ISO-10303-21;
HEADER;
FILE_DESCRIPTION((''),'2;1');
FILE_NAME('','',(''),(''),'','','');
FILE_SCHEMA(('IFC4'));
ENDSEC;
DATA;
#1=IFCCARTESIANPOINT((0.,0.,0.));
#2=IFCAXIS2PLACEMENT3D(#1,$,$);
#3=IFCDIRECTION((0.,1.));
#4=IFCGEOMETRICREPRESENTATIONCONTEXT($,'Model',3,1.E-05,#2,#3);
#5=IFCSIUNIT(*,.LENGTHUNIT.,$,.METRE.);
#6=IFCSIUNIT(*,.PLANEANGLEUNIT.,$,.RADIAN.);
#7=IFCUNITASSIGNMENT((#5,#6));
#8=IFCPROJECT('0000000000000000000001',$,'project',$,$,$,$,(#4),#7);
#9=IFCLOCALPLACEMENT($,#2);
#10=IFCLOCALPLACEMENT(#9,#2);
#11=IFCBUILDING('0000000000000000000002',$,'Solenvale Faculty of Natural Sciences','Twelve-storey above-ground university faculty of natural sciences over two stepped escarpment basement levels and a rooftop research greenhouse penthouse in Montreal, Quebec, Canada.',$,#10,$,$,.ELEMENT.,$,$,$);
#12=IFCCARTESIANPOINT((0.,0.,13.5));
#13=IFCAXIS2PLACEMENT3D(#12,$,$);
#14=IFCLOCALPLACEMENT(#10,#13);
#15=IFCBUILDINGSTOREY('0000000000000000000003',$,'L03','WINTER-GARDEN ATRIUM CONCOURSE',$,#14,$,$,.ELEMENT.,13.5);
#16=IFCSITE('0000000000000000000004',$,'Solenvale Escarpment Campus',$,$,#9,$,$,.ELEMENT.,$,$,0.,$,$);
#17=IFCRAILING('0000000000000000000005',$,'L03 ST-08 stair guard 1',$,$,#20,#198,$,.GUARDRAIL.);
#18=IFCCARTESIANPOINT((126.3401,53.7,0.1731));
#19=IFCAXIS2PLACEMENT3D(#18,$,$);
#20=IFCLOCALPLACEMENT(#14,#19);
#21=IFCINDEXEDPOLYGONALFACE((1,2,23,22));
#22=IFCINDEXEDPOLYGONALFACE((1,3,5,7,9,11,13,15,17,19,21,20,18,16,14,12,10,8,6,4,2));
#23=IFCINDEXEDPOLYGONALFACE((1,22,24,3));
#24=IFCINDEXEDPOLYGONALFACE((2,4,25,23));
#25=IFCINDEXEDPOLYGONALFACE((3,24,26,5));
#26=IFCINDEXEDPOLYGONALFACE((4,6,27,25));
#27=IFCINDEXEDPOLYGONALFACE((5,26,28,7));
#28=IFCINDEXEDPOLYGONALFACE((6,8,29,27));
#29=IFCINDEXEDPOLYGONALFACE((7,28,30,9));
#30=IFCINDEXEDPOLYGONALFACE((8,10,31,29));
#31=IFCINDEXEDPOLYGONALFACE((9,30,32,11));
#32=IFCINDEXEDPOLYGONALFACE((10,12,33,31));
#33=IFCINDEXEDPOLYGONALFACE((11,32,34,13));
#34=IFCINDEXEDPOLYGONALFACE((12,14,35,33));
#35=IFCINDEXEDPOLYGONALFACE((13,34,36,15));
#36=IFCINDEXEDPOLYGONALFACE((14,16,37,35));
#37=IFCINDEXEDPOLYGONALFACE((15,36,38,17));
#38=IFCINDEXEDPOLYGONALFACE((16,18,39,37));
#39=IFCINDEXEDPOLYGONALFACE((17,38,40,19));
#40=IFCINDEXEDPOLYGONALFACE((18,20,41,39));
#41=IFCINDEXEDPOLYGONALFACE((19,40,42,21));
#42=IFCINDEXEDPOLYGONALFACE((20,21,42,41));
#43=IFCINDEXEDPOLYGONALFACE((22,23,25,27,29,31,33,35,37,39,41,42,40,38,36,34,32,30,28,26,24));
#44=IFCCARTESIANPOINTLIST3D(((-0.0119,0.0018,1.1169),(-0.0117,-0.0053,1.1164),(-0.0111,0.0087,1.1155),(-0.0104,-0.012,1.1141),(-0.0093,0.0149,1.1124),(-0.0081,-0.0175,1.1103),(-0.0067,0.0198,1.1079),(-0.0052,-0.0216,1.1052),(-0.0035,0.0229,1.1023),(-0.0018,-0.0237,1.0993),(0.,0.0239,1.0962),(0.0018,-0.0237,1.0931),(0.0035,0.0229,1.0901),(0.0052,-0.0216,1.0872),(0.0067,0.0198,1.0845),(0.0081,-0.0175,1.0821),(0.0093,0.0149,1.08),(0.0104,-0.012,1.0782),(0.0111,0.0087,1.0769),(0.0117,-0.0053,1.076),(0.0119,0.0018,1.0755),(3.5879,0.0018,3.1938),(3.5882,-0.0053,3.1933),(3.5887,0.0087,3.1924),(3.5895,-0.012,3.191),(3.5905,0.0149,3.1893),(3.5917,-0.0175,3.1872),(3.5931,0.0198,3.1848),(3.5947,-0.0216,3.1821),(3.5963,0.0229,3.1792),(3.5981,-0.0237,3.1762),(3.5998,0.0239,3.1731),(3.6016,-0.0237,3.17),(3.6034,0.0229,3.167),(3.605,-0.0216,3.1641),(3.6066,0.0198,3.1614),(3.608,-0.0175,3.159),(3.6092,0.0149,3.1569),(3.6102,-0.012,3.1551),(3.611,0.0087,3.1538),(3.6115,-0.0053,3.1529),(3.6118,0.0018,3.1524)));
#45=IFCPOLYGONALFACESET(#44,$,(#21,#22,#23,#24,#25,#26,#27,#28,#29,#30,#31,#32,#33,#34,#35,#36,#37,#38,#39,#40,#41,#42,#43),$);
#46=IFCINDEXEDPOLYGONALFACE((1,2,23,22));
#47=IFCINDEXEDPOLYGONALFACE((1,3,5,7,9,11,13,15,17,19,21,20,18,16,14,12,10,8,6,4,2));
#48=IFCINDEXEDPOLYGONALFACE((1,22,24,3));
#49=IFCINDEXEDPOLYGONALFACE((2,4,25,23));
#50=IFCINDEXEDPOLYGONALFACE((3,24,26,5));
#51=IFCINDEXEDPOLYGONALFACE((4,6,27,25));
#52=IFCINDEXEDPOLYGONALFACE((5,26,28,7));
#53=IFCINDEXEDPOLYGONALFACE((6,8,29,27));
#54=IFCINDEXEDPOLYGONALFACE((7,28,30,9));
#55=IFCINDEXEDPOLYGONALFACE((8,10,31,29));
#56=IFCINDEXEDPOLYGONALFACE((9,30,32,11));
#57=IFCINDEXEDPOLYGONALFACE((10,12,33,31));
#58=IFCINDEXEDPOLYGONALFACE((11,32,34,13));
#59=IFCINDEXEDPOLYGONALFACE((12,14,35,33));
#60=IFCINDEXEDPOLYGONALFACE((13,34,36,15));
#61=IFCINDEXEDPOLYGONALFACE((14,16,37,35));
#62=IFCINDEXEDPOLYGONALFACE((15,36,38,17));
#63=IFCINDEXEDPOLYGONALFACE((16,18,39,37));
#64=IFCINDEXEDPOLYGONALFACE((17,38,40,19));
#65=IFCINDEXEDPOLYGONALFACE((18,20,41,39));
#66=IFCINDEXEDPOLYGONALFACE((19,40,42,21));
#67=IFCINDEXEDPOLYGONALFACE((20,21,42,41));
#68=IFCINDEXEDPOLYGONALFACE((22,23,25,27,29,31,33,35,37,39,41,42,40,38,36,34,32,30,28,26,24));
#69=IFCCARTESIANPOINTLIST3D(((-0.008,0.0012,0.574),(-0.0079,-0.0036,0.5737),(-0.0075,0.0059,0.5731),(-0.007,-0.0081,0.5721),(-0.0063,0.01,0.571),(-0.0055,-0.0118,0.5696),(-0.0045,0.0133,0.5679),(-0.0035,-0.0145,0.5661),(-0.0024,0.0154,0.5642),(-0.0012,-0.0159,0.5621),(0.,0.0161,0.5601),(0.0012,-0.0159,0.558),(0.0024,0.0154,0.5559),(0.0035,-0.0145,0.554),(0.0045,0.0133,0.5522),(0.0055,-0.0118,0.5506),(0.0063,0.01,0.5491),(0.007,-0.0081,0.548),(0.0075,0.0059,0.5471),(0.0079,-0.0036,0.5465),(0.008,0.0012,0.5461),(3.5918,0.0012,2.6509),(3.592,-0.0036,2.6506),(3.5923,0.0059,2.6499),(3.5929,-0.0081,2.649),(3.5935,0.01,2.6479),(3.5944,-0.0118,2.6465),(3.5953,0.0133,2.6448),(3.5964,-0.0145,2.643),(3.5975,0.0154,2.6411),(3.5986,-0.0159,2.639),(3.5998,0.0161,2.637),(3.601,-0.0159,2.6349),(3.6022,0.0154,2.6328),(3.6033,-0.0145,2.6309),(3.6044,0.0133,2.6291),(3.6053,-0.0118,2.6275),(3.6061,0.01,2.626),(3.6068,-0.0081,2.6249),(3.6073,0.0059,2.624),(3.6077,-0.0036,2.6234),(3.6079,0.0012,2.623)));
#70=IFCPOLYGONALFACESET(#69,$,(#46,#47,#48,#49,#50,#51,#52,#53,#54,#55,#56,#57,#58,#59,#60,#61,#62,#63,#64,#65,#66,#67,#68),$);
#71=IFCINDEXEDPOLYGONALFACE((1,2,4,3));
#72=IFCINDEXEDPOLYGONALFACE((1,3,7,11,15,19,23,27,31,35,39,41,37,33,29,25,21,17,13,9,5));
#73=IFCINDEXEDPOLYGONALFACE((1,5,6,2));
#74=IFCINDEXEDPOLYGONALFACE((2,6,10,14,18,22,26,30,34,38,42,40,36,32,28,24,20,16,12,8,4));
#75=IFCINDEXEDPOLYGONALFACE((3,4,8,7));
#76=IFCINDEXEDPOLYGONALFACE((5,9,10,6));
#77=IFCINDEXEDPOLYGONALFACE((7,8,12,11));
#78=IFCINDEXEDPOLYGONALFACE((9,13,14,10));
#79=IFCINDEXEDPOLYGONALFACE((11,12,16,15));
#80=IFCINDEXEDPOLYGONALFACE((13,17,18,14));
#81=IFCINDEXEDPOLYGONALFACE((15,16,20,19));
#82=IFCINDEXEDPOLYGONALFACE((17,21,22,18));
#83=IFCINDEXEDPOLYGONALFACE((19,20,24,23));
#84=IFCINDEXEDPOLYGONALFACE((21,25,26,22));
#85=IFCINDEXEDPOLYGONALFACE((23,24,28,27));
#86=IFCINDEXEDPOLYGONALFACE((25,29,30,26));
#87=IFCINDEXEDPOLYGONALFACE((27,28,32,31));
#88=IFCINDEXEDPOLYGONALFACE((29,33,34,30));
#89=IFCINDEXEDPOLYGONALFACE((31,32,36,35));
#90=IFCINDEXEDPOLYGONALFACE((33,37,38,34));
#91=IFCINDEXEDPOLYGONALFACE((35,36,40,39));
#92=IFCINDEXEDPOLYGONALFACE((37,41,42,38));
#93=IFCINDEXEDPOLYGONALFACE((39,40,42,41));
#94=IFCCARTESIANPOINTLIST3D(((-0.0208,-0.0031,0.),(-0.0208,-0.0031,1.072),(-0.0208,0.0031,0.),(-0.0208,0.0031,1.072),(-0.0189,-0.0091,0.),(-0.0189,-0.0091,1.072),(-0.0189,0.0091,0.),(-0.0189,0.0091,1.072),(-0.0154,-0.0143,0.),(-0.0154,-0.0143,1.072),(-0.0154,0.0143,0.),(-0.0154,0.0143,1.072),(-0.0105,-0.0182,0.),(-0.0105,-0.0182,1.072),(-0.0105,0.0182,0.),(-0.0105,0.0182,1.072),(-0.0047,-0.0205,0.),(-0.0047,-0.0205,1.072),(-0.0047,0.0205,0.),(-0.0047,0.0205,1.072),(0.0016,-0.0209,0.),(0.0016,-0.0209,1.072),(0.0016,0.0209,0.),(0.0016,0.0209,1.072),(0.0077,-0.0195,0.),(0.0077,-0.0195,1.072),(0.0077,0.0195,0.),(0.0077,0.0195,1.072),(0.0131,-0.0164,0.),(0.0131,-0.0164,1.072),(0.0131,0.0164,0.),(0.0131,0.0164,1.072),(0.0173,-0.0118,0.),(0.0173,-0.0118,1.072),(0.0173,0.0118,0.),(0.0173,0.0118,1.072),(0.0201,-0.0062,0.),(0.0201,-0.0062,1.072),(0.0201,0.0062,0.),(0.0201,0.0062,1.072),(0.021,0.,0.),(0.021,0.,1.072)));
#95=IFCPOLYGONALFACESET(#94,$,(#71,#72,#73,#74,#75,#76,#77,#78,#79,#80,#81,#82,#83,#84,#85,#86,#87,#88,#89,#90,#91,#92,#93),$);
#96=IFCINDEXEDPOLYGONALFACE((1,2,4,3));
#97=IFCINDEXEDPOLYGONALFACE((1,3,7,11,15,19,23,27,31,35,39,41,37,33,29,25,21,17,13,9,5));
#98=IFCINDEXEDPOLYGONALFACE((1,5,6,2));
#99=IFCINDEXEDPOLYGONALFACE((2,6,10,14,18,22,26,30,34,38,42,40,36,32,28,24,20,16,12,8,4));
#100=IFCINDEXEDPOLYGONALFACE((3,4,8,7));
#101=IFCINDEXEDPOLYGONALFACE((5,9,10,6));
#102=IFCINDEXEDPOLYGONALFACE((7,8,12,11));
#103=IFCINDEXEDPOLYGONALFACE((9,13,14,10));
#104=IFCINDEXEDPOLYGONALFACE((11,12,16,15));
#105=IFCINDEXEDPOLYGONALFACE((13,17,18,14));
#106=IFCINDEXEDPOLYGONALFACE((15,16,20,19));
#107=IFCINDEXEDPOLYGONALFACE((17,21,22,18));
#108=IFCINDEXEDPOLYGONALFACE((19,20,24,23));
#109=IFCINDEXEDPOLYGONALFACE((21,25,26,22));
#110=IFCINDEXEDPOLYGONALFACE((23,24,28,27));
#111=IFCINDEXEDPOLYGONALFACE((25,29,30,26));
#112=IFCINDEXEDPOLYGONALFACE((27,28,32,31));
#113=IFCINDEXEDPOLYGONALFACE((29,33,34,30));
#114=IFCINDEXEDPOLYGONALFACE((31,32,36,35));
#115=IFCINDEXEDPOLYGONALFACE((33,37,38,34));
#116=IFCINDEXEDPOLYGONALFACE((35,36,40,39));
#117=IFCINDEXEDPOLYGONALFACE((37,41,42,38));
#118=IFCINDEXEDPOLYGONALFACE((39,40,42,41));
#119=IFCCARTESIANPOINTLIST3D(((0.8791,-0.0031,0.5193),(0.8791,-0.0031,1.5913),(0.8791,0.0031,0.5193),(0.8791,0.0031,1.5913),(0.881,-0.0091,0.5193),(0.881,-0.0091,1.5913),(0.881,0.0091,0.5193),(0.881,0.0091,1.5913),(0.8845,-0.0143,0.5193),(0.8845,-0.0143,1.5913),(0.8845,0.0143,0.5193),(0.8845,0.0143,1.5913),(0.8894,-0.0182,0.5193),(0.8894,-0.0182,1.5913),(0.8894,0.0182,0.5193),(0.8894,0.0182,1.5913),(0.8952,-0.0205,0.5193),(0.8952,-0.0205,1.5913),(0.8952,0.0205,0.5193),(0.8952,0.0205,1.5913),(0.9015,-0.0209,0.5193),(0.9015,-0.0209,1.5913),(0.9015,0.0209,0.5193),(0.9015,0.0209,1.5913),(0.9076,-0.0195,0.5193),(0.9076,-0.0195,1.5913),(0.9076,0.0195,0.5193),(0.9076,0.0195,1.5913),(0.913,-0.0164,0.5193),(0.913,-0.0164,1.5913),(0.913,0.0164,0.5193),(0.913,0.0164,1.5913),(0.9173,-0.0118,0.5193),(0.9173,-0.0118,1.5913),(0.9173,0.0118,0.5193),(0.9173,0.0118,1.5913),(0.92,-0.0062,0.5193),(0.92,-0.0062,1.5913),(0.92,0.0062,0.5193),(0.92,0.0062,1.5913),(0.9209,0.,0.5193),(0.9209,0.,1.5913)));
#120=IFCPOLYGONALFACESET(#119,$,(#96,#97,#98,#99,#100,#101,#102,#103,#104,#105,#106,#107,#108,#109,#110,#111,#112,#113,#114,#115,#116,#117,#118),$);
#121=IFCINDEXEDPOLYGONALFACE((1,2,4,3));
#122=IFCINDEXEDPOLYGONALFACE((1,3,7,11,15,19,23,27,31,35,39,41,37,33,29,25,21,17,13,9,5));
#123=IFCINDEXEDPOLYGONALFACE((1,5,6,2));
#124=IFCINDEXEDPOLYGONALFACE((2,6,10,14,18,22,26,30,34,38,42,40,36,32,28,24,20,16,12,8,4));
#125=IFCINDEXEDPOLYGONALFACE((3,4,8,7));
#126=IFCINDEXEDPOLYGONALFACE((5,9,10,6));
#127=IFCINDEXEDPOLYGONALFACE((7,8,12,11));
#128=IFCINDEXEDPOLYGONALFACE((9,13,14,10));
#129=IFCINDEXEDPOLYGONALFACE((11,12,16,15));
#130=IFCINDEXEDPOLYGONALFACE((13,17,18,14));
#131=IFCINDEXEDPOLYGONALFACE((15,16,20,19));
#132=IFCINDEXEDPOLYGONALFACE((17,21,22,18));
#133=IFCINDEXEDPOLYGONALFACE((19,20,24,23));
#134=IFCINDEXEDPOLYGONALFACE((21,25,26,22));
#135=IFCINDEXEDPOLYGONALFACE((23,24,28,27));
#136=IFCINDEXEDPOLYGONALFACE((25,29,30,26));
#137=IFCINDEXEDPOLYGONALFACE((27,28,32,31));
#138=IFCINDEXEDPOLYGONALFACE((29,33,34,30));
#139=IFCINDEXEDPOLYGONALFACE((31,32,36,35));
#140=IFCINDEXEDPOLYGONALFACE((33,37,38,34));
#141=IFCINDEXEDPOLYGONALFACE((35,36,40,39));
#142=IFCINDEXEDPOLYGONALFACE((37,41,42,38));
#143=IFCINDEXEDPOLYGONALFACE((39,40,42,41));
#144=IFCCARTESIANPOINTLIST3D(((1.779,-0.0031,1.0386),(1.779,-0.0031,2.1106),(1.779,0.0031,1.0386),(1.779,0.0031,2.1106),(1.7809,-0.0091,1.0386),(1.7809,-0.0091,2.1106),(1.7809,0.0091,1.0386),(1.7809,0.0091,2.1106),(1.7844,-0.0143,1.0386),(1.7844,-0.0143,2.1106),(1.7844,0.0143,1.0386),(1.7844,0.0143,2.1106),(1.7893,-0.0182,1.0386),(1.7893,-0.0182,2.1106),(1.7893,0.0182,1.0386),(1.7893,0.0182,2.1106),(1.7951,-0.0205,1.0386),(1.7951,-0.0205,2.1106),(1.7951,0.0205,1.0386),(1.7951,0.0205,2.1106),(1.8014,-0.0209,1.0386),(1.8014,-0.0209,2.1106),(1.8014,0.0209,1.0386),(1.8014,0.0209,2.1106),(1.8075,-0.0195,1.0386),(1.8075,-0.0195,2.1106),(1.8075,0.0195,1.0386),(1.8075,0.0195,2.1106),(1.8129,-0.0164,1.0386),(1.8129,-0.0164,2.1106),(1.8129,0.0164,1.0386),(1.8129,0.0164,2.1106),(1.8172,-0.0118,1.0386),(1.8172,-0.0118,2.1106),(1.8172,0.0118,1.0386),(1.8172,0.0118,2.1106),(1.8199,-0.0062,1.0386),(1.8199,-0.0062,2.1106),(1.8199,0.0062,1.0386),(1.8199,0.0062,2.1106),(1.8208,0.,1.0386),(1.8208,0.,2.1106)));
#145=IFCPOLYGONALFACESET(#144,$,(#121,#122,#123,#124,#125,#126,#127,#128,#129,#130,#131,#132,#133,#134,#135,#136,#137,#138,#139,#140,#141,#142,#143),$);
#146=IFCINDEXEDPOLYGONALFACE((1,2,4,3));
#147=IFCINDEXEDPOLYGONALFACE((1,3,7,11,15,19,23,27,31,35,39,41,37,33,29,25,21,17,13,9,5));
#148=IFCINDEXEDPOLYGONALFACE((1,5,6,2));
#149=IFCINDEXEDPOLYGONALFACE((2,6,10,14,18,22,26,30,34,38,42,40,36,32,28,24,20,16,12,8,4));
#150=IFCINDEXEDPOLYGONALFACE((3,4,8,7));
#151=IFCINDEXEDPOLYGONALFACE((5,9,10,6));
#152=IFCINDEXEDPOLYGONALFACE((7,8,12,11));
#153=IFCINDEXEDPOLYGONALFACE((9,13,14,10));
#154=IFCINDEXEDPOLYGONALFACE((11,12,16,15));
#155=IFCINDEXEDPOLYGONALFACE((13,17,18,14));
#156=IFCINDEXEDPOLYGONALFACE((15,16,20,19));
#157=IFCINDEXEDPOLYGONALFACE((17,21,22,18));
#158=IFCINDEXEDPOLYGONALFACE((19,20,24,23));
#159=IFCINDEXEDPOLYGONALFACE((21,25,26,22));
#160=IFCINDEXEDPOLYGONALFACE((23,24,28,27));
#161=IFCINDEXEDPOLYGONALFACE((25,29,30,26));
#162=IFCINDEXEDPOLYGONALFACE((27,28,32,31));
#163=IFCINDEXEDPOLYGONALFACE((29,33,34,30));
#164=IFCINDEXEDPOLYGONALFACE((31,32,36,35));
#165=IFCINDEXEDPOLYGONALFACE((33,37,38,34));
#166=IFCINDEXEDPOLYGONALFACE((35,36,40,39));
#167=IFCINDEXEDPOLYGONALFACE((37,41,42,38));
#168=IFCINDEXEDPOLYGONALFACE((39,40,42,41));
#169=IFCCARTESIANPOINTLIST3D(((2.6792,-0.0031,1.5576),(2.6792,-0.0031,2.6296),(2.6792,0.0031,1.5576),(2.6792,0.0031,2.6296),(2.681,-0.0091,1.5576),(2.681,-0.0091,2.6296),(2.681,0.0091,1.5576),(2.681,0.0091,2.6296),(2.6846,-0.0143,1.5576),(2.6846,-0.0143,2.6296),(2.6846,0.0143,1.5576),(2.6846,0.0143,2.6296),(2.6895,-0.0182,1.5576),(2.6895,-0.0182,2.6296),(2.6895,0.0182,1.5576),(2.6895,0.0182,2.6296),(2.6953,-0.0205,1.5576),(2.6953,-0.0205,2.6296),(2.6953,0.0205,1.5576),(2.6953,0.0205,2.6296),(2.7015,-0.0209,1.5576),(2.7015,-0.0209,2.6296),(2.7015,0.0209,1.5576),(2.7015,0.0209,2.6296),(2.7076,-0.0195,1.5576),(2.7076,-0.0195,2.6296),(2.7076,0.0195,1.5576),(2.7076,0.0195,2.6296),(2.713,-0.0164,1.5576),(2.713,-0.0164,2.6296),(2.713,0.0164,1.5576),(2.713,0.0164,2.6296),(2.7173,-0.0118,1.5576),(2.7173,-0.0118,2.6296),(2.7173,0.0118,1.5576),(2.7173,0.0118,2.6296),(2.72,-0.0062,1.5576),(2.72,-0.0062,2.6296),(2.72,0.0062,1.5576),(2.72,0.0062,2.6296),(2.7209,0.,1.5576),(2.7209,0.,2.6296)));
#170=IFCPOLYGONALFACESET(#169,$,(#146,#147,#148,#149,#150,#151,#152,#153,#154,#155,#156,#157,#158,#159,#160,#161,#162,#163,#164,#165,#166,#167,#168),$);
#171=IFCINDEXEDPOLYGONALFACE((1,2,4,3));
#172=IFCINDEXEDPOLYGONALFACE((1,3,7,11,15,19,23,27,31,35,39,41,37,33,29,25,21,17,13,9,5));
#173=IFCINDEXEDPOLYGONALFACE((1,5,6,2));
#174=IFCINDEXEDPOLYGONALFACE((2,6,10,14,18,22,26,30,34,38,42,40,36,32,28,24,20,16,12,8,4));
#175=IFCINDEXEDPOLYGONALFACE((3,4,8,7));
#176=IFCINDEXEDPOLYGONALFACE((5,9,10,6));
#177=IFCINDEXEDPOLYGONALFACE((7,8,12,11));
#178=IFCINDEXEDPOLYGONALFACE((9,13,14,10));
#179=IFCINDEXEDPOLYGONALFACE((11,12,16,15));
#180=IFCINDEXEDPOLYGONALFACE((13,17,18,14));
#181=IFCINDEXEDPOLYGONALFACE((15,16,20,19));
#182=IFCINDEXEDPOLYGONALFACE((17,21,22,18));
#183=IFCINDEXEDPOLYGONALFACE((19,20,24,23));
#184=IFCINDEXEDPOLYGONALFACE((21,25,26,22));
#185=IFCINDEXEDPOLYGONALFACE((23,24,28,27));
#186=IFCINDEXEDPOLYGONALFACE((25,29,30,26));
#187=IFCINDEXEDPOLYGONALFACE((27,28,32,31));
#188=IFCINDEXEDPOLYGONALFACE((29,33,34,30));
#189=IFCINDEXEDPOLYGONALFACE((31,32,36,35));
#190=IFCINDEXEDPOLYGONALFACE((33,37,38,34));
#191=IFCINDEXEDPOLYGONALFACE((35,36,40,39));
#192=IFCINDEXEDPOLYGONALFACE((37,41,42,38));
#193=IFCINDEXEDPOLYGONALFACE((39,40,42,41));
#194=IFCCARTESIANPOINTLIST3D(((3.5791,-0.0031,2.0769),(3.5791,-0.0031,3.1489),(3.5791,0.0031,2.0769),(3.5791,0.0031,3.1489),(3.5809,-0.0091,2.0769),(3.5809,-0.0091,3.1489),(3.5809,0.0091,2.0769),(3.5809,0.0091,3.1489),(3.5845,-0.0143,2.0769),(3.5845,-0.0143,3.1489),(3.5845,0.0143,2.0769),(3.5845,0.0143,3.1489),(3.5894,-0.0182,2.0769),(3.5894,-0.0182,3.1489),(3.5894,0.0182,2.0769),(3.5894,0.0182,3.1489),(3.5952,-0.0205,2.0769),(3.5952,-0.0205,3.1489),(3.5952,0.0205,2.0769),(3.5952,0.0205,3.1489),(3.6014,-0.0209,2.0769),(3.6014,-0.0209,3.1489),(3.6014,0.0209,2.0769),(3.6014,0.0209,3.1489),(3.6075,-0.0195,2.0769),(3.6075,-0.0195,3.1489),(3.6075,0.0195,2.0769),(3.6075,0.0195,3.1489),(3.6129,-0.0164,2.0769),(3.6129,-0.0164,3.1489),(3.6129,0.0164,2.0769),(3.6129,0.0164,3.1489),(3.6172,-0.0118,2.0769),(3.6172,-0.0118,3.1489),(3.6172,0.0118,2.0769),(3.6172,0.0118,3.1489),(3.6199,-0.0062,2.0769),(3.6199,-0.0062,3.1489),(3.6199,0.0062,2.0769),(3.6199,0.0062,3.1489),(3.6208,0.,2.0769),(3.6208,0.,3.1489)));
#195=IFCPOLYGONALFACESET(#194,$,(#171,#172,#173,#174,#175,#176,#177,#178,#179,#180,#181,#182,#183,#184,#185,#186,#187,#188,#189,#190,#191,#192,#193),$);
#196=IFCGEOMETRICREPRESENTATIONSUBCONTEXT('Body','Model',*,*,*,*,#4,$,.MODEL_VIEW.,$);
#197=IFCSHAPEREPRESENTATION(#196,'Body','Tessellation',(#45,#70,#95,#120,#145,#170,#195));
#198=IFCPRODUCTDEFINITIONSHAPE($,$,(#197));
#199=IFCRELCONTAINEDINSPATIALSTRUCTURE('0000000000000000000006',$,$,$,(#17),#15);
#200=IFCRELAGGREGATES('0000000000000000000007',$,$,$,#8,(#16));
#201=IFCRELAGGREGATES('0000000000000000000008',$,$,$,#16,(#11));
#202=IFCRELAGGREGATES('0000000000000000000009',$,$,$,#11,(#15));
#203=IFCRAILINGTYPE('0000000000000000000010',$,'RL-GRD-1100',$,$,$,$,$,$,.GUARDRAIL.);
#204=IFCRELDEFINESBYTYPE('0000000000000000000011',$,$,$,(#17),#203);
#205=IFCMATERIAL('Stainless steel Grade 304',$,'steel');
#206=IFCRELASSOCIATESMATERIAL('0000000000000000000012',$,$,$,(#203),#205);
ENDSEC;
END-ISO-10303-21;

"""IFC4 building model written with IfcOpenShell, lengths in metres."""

from ifc_helpers import new_model, si_unit, direction, frame, origin, origin_2d, place, context, subcontext, project, spatial, circle, extrude, material, type_object, element, save


model = new_model("IFC4")

# Units and contexts
model_context = context("Model", 3, precision=1e-05, world=origin(), true_north=direction((0.0, 1.0)))
body_context = subcontext(model_context, "Body", "Model", "MODEL_VIEW")
ifc_project = project(units=[si_unit("LENGTHUNIT", "METRE"), si_unit("PLANEANGLEUNIT", "RADIAN")], contexts=[model_context])

# Site, building, storey
site_placement = place(None, origin())
site = spatial("IfcSite", under=ifc_project, at=site_placement, Name="Solenvale Escarpment Campus", CompositionType="ELEMENT", RefElevation=0.0)
building_placement = place(site_placement, origin())
building = spatial("IfcBuilding", under=site, at=building_placement, Name="Solenvale Faculty of Natural Sciences", Description="Twelve-storey above-ground university faculty of natural sciences over two stepped escarpment basement levels and a rooftop research greenhouse penthouse in Montreal, Quebec, Canada.", CompositionType="ELEMENT")
storey_placement = place(building_placement, frame((0.0, 0.0, 13.5)))
storey = spatial("IfcBuildingStorey", under=building, at=storey_placement, Name="L03", Description="WINTER-GARDEN ATRIUM CONCOURSE", CompositionType="ELEMENT", Elevation=13.5)

# Railing
ifc_material_1 = material(Name="Stainless steel Grade 304", Category="steel")
railing_type_1 = type_object("IfcRailingType", Name="RL-GRD-1100", PredefinedType="GUARDRAIL", material=ifc_material_1)
railing_1_placement = place(storey_placement, frame((126.3401, 53.7, 0.1731)))
element("IfcRailing", 1, at=railing_1_placement, inside=storey, type_object=railing_type_1, Name="L03 ST-08 stair guard 1", PredefinedType="GUARDRAIL", context=body_context, shape_type="SweptSolid", body=[
    extrude(circle(Radius=0.0239, at=origin_2d()), frame((0.0, 0.0, 1.0962), z_axis=(0.866179, 0.0, 0.499734), x_axis=(0.0, 1.0, 0.0)), (0.0, 0.0, 1.0), 4.156),
    extrude(circle(Radius=0.0161, at=origin_2d()), frame((0.0, 0.0, 0.5601), z_axis=(0.866179, 0.0, 0.499734), x_axis=(0.0, 1.0, 0.0)), (0.0, 0.0, 1.0), 4.156),
    extrude(circle(Radius=0.021, at=origin_2d()), origin(), (0.0, 0.0, 1.0), 1.072),
    extrude(circle(Radius=0.021, at=origin_2d()), frame((0.8999, 0.0, 0.5193)), (0.0, 0.0, 1.0), 1.072),
    extrude(circle(Radius=0.021, at=origin_2d()), frame((1.7998, 0.0, 1.0386)), (0.0, 0.0, 1.0), 1.072),
    extrude(circle(Radius=0.021, at=origin_2d()), frame((2.7, 0.0, 1.5576)), (0.0, 0.0, 1.0), 1.072),
    extrude(circle(Radius=0.021, at=origin_2d()), frame((3.5999, 0.0, 2.0769)), (0.0, 0.0, 1.0), 1.072),
])

save(model, "model.ifc")
